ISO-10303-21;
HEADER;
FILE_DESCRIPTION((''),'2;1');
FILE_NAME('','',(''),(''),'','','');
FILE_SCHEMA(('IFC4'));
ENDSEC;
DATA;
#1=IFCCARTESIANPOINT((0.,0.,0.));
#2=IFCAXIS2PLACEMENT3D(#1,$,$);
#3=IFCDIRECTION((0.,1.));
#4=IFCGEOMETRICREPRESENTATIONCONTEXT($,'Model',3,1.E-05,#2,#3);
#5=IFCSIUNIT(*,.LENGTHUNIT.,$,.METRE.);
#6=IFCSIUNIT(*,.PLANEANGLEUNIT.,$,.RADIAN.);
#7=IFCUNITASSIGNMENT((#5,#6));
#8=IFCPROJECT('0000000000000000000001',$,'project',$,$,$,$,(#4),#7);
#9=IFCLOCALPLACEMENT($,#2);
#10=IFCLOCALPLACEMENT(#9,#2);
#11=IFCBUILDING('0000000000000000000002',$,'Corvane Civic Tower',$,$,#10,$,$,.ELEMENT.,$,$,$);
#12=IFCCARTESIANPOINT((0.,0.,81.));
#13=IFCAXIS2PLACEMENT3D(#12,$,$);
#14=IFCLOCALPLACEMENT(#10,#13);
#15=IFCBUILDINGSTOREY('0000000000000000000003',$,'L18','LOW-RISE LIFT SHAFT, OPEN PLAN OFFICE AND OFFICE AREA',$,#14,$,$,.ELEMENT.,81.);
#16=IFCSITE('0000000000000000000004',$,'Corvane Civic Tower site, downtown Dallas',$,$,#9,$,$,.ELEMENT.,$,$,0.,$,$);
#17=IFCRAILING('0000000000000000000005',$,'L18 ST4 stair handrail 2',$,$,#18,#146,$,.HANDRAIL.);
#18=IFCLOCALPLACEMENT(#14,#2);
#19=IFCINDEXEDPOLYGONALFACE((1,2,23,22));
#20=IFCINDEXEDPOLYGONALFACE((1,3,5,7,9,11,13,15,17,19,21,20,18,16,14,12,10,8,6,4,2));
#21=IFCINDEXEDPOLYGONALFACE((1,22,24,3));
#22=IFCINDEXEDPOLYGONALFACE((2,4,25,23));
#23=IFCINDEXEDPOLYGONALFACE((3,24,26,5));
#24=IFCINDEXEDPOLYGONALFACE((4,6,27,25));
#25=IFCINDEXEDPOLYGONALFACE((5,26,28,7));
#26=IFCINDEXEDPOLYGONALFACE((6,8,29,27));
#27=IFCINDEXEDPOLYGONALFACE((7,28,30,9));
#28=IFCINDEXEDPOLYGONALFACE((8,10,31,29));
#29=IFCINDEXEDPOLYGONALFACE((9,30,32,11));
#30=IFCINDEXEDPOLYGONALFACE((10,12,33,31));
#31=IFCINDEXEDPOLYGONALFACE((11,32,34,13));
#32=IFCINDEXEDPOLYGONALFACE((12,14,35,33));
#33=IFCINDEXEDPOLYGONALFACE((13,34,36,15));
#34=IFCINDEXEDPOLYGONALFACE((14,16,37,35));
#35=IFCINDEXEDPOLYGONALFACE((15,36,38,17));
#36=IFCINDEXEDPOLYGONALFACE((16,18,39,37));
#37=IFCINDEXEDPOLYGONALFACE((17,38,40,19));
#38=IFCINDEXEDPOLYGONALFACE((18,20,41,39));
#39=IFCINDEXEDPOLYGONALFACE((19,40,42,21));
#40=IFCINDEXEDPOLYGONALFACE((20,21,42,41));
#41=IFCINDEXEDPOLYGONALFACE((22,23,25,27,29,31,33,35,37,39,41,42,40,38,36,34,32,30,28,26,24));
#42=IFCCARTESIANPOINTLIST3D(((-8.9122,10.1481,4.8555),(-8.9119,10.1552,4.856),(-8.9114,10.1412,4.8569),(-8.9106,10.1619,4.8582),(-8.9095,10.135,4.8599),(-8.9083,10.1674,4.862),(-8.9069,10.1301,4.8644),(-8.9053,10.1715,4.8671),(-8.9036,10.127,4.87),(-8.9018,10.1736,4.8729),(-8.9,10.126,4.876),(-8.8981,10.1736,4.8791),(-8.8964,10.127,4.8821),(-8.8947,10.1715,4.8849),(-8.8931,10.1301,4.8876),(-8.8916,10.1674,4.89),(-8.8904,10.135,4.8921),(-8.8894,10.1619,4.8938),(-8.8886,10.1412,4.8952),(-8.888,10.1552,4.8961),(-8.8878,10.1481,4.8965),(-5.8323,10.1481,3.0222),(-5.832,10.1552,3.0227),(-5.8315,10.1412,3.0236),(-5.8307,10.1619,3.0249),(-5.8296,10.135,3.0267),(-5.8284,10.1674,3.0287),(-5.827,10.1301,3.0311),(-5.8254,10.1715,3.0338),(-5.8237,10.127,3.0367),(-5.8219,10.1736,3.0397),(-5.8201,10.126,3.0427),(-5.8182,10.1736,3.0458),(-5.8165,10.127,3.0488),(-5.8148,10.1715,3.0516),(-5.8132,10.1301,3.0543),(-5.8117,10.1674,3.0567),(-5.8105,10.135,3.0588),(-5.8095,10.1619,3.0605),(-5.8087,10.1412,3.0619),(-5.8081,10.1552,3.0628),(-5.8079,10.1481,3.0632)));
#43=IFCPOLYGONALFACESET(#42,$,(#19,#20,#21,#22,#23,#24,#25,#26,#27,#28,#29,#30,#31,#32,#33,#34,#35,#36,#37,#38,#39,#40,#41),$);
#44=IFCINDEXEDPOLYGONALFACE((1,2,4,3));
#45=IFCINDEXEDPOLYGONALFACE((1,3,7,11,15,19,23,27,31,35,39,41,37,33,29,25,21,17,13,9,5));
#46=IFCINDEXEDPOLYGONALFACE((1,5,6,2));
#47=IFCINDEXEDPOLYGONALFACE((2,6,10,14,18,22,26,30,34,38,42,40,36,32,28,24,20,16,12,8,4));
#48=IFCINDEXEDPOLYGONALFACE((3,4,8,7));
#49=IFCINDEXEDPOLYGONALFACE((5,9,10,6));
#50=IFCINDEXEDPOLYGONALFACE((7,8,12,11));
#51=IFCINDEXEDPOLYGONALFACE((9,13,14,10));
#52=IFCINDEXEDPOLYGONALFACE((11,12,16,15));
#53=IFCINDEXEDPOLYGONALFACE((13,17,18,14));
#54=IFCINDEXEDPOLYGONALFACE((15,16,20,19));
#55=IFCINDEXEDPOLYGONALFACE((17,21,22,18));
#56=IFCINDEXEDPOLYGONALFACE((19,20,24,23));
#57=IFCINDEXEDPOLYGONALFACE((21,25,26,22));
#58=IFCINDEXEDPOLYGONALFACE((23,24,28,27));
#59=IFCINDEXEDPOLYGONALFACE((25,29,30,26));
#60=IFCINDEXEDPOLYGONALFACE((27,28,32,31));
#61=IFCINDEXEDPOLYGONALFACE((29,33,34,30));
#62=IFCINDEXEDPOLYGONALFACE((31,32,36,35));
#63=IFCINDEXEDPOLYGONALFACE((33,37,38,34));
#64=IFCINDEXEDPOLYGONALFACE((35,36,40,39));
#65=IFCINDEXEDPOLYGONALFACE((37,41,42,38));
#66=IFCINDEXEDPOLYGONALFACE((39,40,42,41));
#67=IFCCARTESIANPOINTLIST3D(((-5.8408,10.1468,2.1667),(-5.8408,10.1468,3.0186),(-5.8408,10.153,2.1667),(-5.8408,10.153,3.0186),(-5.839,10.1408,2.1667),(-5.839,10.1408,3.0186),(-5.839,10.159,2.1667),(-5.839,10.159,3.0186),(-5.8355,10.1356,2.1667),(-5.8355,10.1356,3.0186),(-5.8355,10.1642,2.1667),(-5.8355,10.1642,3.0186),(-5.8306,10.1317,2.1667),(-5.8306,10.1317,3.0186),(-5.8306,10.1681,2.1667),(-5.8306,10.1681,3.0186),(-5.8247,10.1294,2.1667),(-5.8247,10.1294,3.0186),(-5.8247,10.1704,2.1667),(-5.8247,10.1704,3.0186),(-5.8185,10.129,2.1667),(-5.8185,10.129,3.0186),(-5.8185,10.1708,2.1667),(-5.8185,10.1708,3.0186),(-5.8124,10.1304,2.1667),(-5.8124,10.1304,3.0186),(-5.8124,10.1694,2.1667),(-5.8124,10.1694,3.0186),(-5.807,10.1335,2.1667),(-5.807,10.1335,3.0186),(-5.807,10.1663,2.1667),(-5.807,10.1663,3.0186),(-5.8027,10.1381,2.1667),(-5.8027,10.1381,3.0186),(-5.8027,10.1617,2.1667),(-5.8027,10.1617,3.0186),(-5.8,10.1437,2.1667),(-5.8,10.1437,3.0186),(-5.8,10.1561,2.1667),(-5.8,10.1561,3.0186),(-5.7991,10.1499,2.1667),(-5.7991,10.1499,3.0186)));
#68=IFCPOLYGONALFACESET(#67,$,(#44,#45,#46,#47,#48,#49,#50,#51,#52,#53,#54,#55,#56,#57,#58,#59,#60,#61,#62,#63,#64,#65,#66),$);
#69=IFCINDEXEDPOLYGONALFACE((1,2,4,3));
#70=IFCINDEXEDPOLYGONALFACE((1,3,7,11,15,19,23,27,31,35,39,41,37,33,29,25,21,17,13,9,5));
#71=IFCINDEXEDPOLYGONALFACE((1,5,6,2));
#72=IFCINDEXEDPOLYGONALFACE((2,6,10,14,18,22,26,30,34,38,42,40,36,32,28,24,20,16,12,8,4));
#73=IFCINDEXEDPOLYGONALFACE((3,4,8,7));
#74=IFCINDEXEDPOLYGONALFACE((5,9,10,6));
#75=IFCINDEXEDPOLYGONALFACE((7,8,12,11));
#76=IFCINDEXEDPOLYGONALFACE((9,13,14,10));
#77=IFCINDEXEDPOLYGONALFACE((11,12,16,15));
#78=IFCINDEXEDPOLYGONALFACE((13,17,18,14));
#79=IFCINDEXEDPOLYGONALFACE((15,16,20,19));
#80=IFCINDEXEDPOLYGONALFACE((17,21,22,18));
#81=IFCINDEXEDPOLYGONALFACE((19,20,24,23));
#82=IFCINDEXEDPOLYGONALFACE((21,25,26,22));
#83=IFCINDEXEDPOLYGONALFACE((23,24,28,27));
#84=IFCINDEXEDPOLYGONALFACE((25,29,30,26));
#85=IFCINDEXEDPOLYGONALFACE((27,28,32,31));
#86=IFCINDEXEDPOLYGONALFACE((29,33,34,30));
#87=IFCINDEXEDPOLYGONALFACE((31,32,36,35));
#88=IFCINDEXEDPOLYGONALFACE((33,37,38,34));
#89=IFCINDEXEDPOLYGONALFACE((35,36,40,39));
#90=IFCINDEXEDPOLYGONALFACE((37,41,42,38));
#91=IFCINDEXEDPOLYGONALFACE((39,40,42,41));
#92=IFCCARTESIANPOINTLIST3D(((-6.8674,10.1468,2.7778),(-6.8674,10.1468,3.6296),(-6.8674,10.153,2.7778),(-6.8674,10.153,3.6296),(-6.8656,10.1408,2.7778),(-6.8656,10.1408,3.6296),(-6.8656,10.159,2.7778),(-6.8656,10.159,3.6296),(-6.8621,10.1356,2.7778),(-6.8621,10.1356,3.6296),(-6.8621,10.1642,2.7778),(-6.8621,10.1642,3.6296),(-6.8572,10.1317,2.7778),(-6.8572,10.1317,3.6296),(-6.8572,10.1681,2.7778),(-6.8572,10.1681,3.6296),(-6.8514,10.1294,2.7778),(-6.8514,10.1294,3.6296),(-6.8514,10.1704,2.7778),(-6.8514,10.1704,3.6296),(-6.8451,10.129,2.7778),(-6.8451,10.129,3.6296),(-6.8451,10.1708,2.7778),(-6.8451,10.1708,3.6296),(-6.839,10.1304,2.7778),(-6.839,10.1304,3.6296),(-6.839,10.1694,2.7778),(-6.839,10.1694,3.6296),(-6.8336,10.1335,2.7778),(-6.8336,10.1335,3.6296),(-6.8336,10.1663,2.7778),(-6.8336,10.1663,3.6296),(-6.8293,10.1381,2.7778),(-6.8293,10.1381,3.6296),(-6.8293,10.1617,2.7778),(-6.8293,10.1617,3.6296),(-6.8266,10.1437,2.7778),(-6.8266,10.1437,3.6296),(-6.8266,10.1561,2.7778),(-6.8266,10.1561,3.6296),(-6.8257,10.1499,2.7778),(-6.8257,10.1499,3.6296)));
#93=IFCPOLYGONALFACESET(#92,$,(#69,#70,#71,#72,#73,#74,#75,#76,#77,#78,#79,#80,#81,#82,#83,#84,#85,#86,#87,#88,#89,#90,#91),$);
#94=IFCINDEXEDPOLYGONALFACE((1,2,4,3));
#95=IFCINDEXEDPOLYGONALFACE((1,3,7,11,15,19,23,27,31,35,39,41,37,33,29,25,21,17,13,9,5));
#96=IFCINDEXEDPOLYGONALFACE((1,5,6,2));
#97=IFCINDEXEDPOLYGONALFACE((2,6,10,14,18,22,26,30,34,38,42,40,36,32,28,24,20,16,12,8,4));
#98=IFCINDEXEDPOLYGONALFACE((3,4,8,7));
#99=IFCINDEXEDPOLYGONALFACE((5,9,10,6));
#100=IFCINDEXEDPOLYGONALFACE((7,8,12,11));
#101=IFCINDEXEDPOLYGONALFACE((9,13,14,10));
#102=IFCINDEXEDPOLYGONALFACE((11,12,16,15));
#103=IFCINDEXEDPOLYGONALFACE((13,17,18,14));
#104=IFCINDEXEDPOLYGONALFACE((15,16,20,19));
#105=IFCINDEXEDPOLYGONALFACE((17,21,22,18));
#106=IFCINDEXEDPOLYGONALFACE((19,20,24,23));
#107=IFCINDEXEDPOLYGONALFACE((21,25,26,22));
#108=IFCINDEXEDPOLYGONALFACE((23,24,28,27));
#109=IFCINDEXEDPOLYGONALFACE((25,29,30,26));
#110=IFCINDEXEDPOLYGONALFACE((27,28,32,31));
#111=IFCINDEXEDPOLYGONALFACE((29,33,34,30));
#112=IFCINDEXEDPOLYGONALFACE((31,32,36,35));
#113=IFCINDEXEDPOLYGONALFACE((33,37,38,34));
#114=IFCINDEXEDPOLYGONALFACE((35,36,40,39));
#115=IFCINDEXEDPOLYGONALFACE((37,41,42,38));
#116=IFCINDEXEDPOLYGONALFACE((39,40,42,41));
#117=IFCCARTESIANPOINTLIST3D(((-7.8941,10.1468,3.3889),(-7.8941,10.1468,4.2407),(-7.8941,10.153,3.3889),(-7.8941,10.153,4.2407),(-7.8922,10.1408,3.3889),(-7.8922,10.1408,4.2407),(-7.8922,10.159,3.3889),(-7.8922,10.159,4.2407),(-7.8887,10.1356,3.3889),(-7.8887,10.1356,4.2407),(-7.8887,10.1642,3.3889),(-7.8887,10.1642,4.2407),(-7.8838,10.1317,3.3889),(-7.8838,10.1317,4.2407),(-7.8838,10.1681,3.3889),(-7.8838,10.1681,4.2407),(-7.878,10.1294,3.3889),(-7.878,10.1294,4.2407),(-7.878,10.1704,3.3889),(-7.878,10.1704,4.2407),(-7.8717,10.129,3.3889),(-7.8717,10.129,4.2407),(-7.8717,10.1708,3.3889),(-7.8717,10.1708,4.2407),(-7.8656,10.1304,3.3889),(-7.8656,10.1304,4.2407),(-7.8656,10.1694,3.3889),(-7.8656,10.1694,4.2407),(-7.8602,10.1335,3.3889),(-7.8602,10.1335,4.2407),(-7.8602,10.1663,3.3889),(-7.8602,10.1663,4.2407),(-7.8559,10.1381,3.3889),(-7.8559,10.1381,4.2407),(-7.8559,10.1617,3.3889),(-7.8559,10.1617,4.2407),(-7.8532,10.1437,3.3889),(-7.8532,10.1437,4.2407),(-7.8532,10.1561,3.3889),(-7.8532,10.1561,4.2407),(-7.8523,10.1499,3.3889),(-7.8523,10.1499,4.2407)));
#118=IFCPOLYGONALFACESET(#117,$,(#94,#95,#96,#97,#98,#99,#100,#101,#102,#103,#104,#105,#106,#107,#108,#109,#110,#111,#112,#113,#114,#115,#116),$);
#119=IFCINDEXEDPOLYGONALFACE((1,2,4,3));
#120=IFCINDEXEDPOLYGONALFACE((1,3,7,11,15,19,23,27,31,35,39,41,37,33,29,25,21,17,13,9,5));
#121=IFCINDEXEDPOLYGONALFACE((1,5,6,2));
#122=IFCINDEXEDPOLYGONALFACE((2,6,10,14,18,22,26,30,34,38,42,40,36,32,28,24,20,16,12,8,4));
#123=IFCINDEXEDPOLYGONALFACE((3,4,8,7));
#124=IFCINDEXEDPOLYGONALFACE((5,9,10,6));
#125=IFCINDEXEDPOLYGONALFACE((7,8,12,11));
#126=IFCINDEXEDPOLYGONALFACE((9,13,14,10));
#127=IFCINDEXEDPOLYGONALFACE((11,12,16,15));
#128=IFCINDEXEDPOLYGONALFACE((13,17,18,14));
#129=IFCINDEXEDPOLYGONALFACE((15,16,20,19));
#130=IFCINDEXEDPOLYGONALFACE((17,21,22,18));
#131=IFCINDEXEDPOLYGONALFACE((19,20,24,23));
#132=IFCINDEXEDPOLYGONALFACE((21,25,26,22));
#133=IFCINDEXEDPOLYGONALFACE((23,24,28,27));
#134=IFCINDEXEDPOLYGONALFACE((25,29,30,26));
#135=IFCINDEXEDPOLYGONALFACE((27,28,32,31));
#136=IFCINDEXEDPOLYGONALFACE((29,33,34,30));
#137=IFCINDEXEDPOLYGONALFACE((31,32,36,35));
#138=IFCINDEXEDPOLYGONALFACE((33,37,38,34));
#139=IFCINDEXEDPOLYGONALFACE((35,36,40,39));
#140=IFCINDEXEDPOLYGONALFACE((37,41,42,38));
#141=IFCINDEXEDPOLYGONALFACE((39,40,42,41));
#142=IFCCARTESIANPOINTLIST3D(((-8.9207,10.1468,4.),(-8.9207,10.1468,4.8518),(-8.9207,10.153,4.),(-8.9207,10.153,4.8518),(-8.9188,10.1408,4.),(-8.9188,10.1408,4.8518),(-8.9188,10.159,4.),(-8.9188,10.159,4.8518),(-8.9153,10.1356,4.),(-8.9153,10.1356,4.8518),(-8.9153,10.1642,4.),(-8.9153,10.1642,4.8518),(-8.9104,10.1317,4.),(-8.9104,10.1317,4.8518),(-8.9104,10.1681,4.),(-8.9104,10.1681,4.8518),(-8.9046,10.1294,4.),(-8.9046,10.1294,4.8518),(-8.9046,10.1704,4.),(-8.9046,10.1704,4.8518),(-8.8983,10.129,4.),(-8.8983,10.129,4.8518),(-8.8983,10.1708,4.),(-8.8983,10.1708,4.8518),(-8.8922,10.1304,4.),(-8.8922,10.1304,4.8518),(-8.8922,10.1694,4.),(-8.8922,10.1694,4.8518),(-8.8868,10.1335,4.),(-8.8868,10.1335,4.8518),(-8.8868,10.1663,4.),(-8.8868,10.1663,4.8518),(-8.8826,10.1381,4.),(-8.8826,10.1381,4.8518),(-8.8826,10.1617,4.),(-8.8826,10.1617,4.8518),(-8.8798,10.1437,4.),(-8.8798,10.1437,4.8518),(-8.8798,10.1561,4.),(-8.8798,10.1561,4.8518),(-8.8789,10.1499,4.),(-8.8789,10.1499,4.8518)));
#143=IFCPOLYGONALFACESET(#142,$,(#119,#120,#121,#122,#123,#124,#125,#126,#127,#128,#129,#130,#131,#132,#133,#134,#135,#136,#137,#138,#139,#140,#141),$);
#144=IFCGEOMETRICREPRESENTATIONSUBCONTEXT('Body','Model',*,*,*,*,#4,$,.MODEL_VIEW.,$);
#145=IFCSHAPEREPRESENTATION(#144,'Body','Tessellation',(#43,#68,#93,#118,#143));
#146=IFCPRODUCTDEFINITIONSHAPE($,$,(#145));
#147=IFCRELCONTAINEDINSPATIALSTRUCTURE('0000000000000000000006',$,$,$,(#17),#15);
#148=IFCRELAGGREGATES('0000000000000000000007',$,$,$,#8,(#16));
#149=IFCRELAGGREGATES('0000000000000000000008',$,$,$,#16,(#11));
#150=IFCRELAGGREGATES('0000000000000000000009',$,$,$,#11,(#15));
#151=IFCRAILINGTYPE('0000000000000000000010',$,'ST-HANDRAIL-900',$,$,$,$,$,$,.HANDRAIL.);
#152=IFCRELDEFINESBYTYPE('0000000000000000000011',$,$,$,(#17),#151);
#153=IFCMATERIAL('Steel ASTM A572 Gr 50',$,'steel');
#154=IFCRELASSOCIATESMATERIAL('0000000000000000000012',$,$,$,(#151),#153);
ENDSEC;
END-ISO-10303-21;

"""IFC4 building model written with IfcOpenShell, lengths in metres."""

from ifc_helpers import new_model, si_unit, direction, frame, origin, origin_2d, place, context, subcontext, project, spatial, circle, extrude, material, type_object, element, save


model = new_model("IFC4")

# Units and contexts
model_context = context("Model", 3, precision=1e-05, world=origin(), true_north=direction((0.0, 1.0)))
body_context = subcontext(model_context, "Body", "Model", "MODEL_VIEW")
ifc_project = project(units=[si_unit("LENGTHUNIT", "METRE"), si_unit("PLANEANGLEUNIT", "RADIAN")], contexts=[model_context])

# Site, building, storey
site_placement = place(None, origin())
site = spatial("IfcSite", under=ifc_project, at=site_placement, Name="Corvane Civic Tower site, downtown Dallas", CompositionType="ELEMENT", RefElevation=0.0)
building_placement = place(site_placement, origin())
building = spatial("IfcBuilding", under=site, at=building_placement, Name="Corvane Civic Tower", CompositionType="ELEMENT")
storey_placement = place(building_placement, frame((0.0, 0.0, 81.0)))
storey = spatial("IfcBuildingStorey", under=building, at=storey_placement, Name="L18", Description="LOW-RISE LIFT SHAFT, OPEN PLAN OFFICE AND OFFICE AREA", CompositionType="ELEMENT", Elevation=81.0)

# Railing
ifc_material_1 = material(Name="Steel ASTM A572 Gr 50", Category="steel")
railing_type_1 = type_object("IfcRailingType", Name="ST-HANDRAIL-900", PredefinedType="HANDRAIL", material=ifc_material_1)
railing_1_placement = place(storey_placement, frame((-5.8201, 10.1499, 2.1667)))
element("IfcRailing", 1, at=railing_1_placement, inside=storey, type_object=railing_type_1, Name="L18 ST4 stair handrail 2", PredefinedType="HANDRAIL", context=body_context, shape_type="SweptSolid", body=[
    extrude(circle(Radius=0.0239, at=origin_2d()), frame((0.0, 0.0, 0.876), z_axis=(-0.859291, 0.0, 0.511487), x_axis=(0.0, -1.0, 0.0)), (0.0, 0.0, 1.0), 3.5842),
    extrude(circle(Radius=0.021, at=origin_2d()), origin(), (0.0, 0.0, 1.0), 0.8518),
    extrude(circle(Radius=0.021, at=origin_2d()), frame((-1.0266, 0.0, 0.6111)), (0.0, 0.0, 1.0), 0.8518),
    extrude(circle(Radius=0.021, at=origin_2d()), frame((-2.0532, 0.0, 1.2222)), (0.0, 0.0, 1.0), 0.8518),
    extrude(circle(Radius=0.021, at=origin_2d()), frame((-3.0798, 0.0, 1.8333)), (0.0, 0.0, 1.0), 0.8518),
])

save(model, "model.ifc")
